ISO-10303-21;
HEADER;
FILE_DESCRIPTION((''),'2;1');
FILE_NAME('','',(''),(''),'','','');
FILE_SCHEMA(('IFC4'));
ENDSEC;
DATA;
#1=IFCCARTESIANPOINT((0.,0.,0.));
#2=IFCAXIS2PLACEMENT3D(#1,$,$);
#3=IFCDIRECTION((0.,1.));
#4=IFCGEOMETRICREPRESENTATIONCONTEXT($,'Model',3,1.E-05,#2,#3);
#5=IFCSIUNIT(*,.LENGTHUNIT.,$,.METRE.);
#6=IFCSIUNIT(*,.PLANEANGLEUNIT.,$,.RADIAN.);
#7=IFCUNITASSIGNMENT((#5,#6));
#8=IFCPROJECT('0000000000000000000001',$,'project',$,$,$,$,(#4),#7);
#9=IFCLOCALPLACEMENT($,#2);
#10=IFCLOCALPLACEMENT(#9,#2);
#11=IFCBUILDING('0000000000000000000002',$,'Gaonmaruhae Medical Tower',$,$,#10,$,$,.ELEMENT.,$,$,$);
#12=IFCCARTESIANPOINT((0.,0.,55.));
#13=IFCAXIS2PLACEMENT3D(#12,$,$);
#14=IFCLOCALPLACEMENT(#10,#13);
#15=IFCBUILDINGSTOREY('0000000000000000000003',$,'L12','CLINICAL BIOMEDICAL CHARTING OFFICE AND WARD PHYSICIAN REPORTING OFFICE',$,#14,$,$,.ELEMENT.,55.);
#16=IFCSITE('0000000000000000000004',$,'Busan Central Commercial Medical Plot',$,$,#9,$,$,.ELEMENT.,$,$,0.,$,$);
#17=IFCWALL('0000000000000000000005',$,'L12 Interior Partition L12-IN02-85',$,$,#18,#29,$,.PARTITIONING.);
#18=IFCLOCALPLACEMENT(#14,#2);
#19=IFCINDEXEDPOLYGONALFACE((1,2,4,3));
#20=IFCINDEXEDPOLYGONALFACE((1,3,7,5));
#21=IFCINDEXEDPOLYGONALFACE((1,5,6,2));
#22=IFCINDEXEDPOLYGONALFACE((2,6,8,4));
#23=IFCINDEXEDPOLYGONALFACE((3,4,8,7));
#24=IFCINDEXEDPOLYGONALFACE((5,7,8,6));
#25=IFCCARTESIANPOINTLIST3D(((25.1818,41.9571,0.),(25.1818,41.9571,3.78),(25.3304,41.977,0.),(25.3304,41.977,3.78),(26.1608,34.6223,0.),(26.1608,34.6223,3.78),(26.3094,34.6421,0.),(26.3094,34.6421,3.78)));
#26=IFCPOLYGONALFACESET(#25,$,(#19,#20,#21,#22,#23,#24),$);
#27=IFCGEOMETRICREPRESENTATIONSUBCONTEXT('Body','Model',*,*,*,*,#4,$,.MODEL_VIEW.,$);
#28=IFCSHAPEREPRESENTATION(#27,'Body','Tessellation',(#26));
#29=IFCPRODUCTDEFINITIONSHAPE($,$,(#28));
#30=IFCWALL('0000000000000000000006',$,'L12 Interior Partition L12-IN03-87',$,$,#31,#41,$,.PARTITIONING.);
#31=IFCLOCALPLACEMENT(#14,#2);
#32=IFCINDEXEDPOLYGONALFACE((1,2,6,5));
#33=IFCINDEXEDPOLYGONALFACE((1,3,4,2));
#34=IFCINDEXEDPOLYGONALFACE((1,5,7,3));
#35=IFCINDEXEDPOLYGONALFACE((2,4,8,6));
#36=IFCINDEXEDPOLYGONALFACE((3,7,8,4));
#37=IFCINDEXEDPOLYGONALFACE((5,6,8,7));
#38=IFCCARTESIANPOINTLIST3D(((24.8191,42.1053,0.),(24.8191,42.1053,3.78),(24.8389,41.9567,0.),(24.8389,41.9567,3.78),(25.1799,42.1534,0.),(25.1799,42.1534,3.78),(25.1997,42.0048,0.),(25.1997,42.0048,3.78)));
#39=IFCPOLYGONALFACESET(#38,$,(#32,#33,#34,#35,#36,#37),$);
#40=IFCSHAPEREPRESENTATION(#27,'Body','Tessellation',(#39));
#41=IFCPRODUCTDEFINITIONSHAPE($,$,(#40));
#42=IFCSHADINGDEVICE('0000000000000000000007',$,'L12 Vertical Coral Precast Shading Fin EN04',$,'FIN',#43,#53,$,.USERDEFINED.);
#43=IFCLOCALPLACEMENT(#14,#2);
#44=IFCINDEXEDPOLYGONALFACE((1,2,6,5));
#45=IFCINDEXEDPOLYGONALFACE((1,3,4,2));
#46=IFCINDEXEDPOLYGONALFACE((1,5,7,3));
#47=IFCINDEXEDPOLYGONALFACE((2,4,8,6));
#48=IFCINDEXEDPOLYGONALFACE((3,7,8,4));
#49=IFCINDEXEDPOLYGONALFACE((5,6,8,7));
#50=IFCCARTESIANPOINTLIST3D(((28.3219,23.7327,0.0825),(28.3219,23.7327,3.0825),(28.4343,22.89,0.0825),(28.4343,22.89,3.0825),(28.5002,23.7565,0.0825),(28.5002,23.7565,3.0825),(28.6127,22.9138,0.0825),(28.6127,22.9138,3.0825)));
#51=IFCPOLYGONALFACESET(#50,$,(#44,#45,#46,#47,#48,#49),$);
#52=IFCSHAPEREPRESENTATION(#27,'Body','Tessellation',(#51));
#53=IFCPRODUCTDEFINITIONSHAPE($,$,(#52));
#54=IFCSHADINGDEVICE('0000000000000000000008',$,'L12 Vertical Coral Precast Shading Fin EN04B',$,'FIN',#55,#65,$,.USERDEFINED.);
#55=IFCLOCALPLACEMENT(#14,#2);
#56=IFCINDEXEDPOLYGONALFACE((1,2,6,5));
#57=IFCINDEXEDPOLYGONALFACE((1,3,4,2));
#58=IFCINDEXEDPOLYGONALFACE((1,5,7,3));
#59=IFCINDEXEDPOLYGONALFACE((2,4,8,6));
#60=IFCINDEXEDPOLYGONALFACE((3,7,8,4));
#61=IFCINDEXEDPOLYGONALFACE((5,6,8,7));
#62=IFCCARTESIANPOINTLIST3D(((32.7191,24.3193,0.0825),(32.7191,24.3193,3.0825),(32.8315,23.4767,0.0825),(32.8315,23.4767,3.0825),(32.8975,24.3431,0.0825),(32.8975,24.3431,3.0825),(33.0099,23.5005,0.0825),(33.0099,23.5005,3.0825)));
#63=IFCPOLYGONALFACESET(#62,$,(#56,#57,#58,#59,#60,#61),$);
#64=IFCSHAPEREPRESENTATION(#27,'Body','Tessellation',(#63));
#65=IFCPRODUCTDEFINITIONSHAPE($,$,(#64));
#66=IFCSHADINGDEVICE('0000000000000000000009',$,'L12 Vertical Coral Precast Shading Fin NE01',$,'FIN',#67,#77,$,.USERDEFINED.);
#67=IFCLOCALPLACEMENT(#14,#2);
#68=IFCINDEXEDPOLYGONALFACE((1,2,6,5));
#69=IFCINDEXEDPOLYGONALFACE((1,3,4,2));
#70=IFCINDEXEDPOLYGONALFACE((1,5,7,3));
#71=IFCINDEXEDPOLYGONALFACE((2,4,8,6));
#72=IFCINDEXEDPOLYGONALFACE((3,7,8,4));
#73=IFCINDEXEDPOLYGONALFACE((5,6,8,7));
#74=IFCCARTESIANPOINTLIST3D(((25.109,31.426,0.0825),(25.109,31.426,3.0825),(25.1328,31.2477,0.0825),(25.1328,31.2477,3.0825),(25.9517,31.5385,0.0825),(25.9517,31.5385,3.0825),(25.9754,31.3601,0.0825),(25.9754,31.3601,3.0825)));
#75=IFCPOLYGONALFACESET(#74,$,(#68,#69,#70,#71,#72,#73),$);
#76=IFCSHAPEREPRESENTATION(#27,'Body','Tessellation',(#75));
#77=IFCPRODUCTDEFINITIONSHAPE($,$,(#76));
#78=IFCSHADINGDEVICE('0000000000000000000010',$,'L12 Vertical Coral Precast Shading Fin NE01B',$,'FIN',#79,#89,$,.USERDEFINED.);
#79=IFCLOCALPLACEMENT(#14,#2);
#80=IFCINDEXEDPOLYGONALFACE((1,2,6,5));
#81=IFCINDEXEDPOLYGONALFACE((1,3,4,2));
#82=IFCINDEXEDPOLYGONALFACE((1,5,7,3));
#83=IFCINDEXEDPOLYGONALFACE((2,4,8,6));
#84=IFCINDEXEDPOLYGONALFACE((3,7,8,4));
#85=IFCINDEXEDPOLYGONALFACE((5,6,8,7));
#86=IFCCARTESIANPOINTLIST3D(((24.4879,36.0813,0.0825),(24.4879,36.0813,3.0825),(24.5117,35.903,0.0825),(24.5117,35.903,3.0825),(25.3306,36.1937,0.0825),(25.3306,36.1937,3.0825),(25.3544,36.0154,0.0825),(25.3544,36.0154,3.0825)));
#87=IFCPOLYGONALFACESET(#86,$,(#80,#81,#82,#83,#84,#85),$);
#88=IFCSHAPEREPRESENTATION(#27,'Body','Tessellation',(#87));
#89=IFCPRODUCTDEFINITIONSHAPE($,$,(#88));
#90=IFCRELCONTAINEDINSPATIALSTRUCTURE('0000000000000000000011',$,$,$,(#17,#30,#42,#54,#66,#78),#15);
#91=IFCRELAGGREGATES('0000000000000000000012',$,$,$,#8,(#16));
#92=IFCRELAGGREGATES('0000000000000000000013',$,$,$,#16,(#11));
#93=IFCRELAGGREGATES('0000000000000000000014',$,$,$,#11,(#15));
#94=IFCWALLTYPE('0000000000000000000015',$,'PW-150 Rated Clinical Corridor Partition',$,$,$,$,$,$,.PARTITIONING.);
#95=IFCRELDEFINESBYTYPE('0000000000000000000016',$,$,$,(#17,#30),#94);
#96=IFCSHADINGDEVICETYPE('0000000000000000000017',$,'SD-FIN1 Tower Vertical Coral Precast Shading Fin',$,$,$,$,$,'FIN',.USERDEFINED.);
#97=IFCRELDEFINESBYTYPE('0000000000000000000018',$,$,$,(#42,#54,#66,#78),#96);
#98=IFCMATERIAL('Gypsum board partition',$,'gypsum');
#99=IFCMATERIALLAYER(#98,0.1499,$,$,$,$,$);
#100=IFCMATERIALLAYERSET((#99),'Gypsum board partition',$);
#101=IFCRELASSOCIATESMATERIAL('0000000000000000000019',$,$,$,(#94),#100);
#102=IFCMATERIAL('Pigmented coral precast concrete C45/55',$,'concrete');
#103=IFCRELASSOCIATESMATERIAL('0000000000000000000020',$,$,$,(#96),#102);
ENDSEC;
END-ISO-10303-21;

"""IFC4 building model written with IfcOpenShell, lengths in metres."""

from ifc_helpers import new_model, si_unit, direction, frame, frame_2d, origin, origin_2d, place, context, subcontext, project, spatial, rectangle, extrude, material, layer, layer_set, type_object, element, save


model = new_model("IFC4")

# Units and contexts
model_context = context("Model", 3, precision=1e-05, world=origin(), true_north=direction((0.0, 1.0)))
body_context = subcontext(model_context, "Body", "Model", "MODEL_VIEW")
ifc_project = project(units=[si_unit("LENGTHUNIT", "METRE"), si_unit("PLANEANGLEUNIT", "RADIAN")], contexts=[model_context])

# Site, building, storey
site_placement = place(None, origin())
site = spatial("IfcSite", under=ifc_project, at=site_placement, Name="Busan Central Commercial Medical Plot", CompositionType="ELEMENT", RefElevation=0.0)
building_placement = place(site_placement, origin())
building = spatial("IfcBuilding", under=site, at=building_placement, Name="Gaonmaruhae Medical Tower", CompositionType="ELEMENT")
storey_placement = place(building_placement, frame((0.0, 0.0, 55.0)))
storey = spatial("IfcBuildingStorey", under=building, at=storey_placement, Name="L12", Description="CLINICAL BIOMEDICAL CHARTING OFFICE AND WARD PHYSICIAN REPORTING OFFICE", CompositionType="ELEMENT", Elevation=55.0)

# Walls
ifc_material_1 = material(Name="Gypsum board partition", Category="gypsum")
ifc_layer_1 = layer(ifc_material_1, 0.1499)
ifc_layer_set_1 = layer_set([ifc_layer_1], Name="Gypsum board partition")
wall_type_1 = type_object("IfcWallType", Name="PW-150 Rated Clinical Corridor Partition", PredefinedType="PARTITIONING", material=ifc_layer_set_1)
wall_1_placement = place(storey_placement, frame((25.2561, 41.967, 0.0), z_axis=(0.0, 0.0, 1.0), x_axis=(0.132298, -0.99121, 0.0)))
element("IfcWall", 1, at=wall_1_placement, inside=storey, type_object=wall_type_1, Name="L12 Interior Partition L12-IN02-85", PredefinedType="PARTITIONING", context=body_context, shape_type="SweptSolid", body=[
    extrude(rectangle(XDim=7.3999, YDim=0.1499, at=frame_2d((3.7, 0.0))), origin(), (0.0, 0.0, 1.0), 3.78),
])
wall_2_placement = place(storey_placement, frame((25.1899, 42.0791, 0.0), z_axis=(0.0, 0.0, 1.0), x_axis=(-0.991234, -0.13212, 0.0)))
element("IfcWall", 2, at=wall_2_placement, inside=storey, type_object=wall_type_1, Name="L12 Interior Partition L12-IN03-87", PredefinedType="PARTITIONING", context=body_context, shape_type="SweptSolid", body=[
    extrude(rectangle(XDim=0.364, YDim=0.1499, at=frame_2d((0.1821, 0.0))), origin(), (0.0, 0.0, 1.0), 3.78),
])

# Shading devices
ifc_material_2 = material(Name="Pigmented coral precast concrete C45/55", Category="concrete")
shading_device_type = type_object("IfcShadingDeviceType", Name="SD-FIN1 Tower Vertical Coral Precast Shading Fin", ElementType="FIN", PredefinedType="USERDEFINED", material=ifc_material_2)
for number, where, z_axis, x_axis, name in (
    (3, (28.4673, 23.3232, 0.0825), (0.0, 0.0, 1.0), (0.991216, 0.132256, 0.0), "L12 Vertical Coral Precast Shading Fin EN04"),
    (4, (32.8645, 23.9099, 0.0825), (0.0, 0.0, 1.0), (0.991216, 0.132256, 0.0), "L12 Vertical Coral Precast Shading Fin EN04B"),
    (5, (25.5422, 31.3931, 0.0825), (0.0, 0.0, 1.0), (-0.132239, 0.991218, 0.0), "L12 Vertical Coral Precast Shading Fin NE01"),
    (6, (24.9211, 36.0483, 0.0825), (0.0, 0.0, 1.0), (-0.132239, 0.991218, 0.0), "L12 Vertical Coral Precast Shading Fin NE01B"),
):
    element("IfcShadingDevice", number, at=place(storey_placement, frame(where, z_axis=z_axis, x_axis=x_axis)), inside=storey, type_object=shading_device_type, Name=name, ObjectType="FIN", PredefinedType="USERDEFINED", context=body_context, shape_type="SweptSolid", body=[
        extrude(rectangle(XDim=0.1799, YDim=0.8501, at=origin_2d()), origin(), (0.0, 0.0, 1.0), 3.0),
    ])

save(model, "model.ifc")
